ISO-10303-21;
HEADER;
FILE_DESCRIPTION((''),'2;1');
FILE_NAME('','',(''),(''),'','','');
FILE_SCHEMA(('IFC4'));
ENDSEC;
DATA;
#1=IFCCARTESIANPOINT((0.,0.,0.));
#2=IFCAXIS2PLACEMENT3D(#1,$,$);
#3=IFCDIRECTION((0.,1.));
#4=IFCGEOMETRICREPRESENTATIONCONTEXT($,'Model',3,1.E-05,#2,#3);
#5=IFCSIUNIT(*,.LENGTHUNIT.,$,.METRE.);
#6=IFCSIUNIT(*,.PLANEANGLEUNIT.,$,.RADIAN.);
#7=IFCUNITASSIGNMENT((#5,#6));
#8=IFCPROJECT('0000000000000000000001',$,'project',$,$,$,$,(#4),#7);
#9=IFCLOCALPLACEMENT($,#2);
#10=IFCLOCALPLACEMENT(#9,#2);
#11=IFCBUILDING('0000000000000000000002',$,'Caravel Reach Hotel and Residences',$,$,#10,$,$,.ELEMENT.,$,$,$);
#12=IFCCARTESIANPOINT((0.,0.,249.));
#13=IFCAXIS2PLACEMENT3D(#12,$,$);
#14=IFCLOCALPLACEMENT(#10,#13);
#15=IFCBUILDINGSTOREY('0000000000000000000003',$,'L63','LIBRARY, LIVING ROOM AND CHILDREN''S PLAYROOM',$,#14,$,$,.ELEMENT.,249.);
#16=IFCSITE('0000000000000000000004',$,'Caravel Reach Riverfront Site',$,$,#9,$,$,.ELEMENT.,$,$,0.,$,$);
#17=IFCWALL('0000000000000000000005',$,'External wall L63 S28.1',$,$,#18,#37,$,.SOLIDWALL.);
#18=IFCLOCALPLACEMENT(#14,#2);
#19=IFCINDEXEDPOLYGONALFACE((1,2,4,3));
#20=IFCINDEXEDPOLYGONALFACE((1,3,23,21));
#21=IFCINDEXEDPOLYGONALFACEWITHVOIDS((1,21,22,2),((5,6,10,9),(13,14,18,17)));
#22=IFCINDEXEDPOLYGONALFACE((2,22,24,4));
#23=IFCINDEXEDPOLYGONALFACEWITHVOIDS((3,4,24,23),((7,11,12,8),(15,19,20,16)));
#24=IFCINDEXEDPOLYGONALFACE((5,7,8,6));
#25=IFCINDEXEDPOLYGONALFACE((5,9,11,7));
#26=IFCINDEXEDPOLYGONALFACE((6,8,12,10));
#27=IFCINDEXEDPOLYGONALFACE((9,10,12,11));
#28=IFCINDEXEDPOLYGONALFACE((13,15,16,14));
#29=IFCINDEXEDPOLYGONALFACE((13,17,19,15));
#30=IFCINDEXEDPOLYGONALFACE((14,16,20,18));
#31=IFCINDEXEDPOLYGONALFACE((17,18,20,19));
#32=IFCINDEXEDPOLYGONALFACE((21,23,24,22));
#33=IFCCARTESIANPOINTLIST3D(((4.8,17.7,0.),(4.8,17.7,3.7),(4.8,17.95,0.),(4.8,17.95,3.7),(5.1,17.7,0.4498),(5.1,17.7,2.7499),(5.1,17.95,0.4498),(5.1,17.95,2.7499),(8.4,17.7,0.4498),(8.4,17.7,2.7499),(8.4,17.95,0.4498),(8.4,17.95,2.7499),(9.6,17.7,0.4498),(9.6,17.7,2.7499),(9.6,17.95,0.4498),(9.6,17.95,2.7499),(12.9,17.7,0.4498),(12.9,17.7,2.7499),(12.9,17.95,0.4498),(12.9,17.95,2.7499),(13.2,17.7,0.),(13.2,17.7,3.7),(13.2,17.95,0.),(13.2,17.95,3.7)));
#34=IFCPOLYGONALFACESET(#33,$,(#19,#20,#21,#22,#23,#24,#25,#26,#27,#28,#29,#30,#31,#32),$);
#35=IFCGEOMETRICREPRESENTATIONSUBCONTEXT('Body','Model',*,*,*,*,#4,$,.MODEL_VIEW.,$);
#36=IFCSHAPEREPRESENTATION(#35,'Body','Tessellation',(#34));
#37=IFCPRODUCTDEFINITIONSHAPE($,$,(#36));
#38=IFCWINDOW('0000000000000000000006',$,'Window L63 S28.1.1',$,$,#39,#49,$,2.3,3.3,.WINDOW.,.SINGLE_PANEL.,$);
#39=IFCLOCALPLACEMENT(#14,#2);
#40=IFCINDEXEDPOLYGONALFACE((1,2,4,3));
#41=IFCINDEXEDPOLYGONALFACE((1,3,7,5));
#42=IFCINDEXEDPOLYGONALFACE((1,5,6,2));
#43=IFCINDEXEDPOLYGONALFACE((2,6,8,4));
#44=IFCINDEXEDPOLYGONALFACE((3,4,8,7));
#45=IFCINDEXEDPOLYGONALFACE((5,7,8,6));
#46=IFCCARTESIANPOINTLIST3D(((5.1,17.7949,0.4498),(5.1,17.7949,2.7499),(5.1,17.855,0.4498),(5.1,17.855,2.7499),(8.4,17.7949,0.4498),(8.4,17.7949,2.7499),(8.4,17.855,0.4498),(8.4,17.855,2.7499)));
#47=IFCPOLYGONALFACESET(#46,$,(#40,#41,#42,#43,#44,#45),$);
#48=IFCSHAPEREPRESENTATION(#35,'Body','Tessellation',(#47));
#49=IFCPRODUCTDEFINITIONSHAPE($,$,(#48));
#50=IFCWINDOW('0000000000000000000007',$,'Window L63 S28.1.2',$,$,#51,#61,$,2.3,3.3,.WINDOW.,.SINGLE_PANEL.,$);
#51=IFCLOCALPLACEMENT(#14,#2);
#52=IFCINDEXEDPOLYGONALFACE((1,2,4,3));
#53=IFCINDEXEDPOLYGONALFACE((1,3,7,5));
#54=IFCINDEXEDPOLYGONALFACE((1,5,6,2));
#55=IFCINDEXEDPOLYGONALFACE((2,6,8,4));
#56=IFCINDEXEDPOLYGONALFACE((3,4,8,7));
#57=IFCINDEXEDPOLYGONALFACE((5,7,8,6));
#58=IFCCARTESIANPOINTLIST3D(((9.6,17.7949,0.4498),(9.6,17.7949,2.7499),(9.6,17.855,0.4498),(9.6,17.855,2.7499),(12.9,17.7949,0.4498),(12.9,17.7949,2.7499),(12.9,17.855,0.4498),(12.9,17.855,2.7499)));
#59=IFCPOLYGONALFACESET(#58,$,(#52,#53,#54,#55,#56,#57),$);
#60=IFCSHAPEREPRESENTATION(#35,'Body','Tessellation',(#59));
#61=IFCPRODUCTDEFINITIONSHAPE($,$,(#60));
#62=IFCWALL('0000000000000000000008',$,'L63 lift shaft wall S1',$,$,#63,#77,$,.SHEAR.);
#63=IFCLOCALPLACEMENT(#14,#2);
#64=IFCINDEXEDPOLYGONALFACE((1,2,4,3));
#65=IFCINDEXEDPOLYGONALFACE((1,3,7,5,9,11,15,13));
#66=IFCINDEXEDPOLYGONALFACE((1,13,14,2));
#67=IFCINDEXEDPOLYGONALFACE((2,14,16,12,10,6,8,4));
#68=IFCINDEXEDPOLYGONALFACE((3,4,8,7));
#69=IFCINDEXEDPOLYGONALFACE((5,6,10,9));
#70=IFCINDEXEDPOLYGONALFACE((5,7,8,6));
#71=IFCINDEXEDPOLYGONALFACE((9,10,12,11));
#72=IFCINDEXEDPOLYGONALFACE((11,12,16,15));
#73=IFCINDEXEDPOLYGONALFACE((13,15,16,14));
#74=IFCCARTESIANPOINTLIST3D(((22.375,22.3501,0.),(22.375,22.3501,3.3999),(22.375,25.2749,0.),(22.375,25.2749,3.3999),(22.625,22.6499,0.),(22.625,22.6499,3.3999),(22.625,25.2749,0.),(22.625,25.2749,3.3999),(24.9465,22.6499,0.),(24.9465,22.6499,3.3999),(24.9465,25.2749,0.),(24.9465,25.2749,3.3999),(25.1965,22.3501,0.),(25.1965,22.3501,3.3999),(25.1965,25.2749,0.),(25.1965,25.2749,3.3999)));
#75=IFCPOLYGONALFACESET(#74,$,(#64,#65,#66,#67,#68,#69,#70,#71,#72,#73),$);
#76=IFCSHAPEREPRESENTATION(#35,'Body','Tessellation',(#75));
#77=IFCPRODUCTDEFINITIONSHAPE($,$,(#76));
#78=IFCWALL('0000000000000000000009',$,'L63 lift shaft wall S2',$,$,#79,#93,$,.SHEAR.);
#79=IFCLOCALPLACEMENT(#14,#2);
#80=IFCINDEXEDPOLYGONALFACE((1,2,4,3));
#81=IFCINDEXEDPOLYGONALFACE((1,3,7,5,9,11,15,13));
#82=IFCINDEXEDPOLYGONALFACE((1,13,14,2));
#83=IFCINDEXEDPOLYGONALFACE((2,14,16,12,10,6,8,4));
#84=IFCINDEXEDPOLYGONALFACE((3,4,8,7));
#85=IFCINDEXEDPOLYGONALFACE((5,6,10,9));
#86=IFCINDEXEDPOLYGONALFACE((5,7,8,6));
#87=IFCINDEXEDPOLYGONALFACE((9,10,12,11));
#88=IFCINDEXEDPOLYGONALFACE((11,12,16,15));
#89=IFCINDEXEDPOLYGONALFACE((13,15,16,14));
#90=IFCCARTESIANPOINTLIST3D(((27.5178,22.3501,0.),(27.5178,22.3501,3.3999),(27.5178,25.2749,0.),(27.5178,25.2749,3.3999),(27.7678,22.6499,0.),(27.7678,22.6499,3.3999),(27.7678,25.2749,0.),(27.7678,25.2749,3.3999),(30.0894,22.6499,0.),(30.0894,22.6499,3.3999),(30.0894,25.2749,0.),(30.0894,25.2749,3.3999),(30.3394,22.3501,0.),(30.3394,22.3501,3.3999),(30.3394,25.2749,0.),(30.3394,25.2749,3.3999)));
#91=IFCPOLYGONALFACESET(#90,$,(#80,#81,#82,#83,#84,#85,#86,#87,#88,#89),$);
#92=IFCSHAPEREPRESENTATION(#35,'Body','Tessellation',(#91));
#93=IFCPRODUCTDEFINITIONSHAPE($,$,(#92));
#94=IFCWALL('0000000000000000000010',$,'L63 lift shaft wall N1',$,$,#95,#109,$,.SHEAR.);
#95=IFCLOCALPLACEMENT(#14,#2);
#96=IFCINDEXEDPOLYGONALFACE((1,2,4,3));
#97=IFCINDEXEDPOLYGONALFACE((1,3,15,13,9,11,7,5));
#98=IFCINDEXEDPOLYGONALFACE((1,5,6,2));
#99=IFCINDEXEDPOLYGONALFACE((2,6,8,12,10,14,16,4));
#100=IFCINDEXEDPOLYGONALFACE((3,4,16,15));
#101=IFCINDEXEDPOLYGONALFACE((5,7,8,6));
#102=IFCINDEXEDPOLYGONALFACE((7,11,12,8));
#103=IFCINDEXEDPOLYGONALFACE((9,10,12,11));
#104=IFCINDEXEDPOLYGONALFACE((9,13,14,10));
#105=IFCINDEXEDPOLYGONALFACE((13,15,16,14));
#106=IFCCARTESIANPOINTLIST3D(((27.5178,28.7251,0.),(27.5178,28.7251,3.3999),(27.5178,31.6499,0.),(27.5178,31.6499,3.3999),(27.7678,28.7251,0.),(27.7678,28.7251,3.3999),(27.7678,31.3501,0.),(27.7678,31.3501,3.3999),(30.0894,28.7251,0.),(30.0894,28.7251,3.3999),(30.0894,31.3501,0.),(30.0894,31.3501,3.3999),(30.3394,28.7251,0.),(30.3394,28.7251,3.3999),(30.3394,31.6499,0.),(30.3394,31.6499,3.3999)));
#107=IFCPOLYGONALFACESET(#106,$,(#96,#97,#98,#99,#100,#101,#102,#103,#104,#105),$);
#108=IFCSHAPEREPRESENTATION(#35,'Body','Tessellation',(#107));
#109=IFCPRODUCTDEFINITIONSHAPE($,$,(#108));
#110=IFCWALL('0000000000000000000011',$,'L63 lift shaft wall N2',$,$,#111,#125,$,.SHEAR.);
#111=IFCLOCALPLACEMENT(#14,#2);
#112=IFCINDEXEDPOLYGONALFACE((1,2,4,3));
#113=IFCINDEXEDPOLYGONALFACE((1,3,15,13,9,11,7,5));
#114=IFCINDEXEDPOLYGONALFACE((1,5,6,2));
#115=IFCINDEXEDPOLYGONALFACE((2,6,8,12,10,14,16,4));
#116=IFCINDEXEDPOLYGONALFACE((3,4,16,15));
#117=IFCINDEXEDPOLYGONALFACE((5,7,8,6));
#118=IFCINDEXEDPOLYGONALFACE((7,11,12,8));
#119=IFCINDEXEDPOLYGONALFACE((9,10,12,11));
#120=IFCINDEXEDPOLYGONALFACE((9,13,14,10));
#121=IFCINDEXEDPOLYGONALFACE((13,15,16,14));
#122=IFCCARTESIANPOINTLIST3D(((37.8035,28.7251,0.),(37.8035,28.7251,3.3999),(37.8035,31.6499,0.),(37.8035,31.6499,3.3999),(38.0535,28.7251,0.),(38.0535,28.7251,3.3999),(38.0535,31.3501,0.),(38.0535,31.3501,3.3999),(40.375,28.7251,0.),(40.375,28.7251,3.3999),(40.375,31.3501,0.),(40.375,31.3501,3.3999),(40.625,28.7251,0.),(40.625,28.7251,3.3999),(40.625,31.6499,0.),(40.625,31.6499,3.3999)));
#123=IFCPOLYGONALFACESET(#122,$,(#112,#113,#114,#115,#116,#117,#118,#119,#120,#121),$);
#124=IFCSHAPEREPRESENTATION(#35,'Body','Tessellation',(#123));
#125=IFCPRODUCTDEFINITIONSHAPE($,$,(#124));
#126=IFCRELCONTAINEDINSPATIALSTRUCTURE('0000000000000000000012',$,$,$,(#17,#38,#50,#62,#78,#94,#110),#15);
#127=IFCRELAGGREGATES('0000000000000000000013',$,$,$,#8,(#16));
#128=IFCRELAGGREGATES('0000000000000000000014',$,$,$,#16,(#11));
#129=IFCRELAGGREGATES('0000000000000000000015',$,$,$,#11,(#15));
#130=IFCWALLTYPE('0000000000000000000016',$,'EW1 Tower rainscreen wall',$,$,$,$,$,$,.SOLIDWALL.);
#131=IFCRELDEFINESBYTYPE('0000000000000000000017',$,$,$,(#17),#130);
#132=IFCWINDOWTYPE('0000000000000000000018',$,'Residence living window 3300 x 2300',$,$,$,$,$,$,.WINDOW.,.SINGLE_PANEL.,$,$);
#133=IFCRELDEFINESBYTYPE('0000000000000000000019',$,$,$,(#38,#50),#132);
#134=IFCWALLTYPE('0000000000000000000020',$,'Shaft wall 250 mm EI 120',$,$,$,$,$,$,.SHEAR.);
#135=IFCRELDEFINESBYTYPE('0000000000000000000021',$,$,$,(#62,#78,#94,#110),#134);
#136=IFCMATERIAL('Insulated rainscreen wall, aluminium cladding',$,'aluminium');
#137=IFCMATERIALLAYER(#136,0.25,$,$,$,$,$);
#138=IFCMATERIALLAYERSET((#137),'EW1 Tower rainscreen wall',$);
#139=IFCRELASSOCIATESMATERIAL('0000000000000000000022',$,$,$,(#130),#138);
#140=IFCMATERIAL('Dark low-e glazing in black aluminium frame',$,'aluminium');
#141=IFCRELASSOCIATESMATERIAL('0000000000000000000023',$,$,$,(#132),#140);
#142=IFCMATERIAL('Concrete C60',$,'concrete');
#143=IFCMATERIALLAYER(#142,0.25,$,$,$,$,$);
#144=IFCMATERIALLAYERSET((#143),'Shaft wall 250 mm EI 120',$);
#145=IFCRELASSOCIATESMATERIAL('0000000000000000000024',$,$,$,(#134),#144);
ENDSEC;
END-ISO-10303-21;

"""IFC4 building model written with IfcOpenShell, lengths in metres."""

from ifc_helpers import new_model, si_unit, direction, frame, frame_2d, origin, place, context, subcontext, project, spatial, polyline, rectangle, outline, extrude, material, layer, layer_set, type_object, element, fill, save


model = new_model("IFC4")

# Units and contexts
model_context = context("Model", 3, precision=1e-05, world=origin(), true_north=direction((0.0, 1.0)))
body_context = subcontext(model_context, "Body", "Model", "MODEL_VIEW")
ifc_project = project(units=[si_unit("LENGTHUNIT", "METRE"), si_unit("PLANEANGLEUNIT", "RADIAN")], contexts=[model_context])

# Site, building, storey
site_placement = place(None, origin())
site = spatial("IfcSite", under=ifc_project, at=site_placement, Name="Caravel Reach Riverfront Site", CompositionType="ELEMENT", RefElevation=0.0)
building_placement = place(site_placement, origin())
building = spatial("IfcBuilding", under=site, at=building_placement, Name="Caravel Reach Hotel and Residences", CompositionType="ELEMENT")
storey_placement = place(building_placement, frame((0.0, 0.0, 249.0)))
storey = spatial("IfcBuildingStorey", under=building, at=storey_placement, Name="L63", Description="LIBRARY, LIVING ROOM AND CHILDREN'S PLAYROOM", CompositionType="ELEMENT", Elevation=249.0)

# Wall, openings, windows
ifc_material_1 = material(Name="Insulated rainscreen wall, aluminium cladding", Category="aluminium")
ifc_layer_1 = layer(ifc_material_1, 0.25)
ifc_layer_set_1 = layer_set([ifc_layer_1], Name="EW1 Tower rainscreen wall")
wall_type_1 = type_object("IfcWallType", Name="EW1 Tower rainscreen wall", PredefinedType="SOLIDWALL", material=ifc_layer_set_1)
wall_1_placement = place(storey_placement, frame((4.8, 17.825, 0.0), z_axis=(0.0, 0.0, 1.0), x_axis=(1.0, 0.0, 0.0)))
wall_1 = element("IfcWall", 1, at=wall_1_placement, inside=storey, type_object=wall_type_1, Name="External wall L63 S28.1", PredefinedType="SOLIDWALL", context=body_context, shape_type="SweptSolid", body=[
    extrude(rectangle(XDim=8.3999, YDim=0.25, at=frame_2d((4.2, 0.0))), origin(), (0.0, 0.0, 1.0), 3.7),
])
opening_1_placement = place(wall_1_placement, frame((0.3, 0.0, 0.45)))
opening_1 = element("IfcOpeningElement", 2, at=opening_1_placement, cuts=wall_1, PredefinedType="OPENING", context=body_context, shape_type="SweptSolid", body=[
    extrude(rectangle(XDim=3.3, YDim=2.3, at=frame_2d((1.6499, 1.1499))), frame((0.0, 0.135, 0.0), z_axis=(0.0, -1.0, 0.0), x_axis=(1.0, 0.0, 0.0)), (0.0, 0.0, 1.0), 0.27),
])
opening_2_placement = place(wall_1_placement, frame((4.8, 0.0, 0.45)))
opening_2 = element("IfcOpeningElement", 3, at=opening_2_placement, cuts=wall_1, PredefinedType="OPENING", context=body_context, shape_type="SweptSolid", body=[
    extrude(rectangle(XDim=3.3, YDim=2.3, at=frame_2d((1.6499, 1.1499))), frame((0.0, 0.135, 0.0), z_axis=(0.0, -1.0, 0.0), x_axis=(1.0, 0.0, 0.0)), (0.0, 0.0, 1.0), 0.27),
])
ifc_material_2 = material(Name="Dark low-e glazing in black aluminium frame", Category="aluminium")
window_type = type_object("IfcWindowType", Name="Residence living window 3300 x 2300", PartitioningType="SINGLE_PANEL", PredefinedType="WINDOW", material=ifc_material_2)
window_1_placement = place(opening_1_placement, origin())
window_1 = element("IfcWindow", 4, at=window_1_placement, inside=storey, type_object=window_type, Name="Window L63 S28.1.1", OverallHeight=2.3, OverallWidth=3.3, PartitioningType="SINGLE_PANEL", PredefinedType="WINDOW", context=body_context, shape_type="SweptSolid", body=[
    extrude(rectangle(XDim=3.3, YDim=2.3, at=frame_2d((1.6499, 1.1499))), frame((0.0, 0.03, 0.0), z_axis=(0.0, -1.0, 0.0), x_axis=(1.0, 0.0, 0.0)), (0.0, 0.0, 1.0), 0.0601),
])
fill(opening_1, window_1)
window_2_placement = place(opening_2_placement, origin())
window_2 = element("IfcWindow", 5, at=window_2_placement, inside=storey, type_object=window_type, Name="Window L63 S28.1.2", OverallHeight=2.3, OverallWidth=3.3, PartitioningType="SINGLE_PANEL", PredefinedType="WINDOW", context=body_context, shape_type="SweptSolid", body=[
    extrude(rectangle(XDim=3.3, YDim=2.3, at=frame_2d((1.6499, 1.1499))), frame((0.0, 0.03, 0.0), z_axis=(0.0, -1.0, 0.0), x_axis=(1.0, 0.0, 0.0)), (0.0, 0.0, 1.0), 0.0601),
])
fill(opening_2, window_2)

# Walls
ifc_material_3 = material(Name="Concrete C60", Category="concrete")
ifc_layer_2 = layer(ifc_material_3, 0.25)
ifc_layer_set_2 = layer_set([ifc_layer_2], Name="Shaft wall 250 mm EI 120")
wall_type_2 = type_object("IfcWallType", Name="Shaft wall 250 mm EI 120", PredefinedType="SHEAR", material=ifc_layer_set_2)
wall_2_placement = place(storey_placement, origin())
element("IfcWall", 6, at=wall_2_placement, inside=storey, type_object=wall_type_2, Name="L63 lift shaft wall S1", PredefinedType="SHEAR", context=body_context, shape_type="SweptSolid", body=[
    extrude(outline(polyline([(22.375, 22.3501), (25.1965, 22.3501), (25.1965, 25.2749), (24.9465, 25.2749), (24.9465, 22.6499), (22.625, 22.6499), (22.625, 25.2749), (22.375, 25.2749), (22.375, 22.3501)])), origin(), (0.0, 0.0, 1.0), 3.3999),
])
wall_3_placement = place(storey_placement, origin())
element("IfcWall", 7, at=wall_3_placement, inside=storey, type_object=wall_type_2, Name="L63 lift shaft wall S2", PredefinedType="SHEAR", context=body_context, shape_type="SweptSolid", body=[
    extrude(outline(polyline([(27.5178, 22.3501), (30.3394, 22.3501), (30.3394, 25.2749), (30.0894, 25.2749), (30.0894, 22.6499), (27.7678, 22.6499), (27.7678, 25.2749), (27.5178, 25.2749), (27.5178, 22.3501)])), origin(), (0.0, 0.0, 1.0), 3.3999),
])
wall_4_placement = place(storey_placement, origin())
element("IfcWall", 8, at=wall_4_placement, inside=storey, type_object=wall_type_2, Name="L63 lift shaft wall N1", PredefinedType="SHEAR", context=body_context, shape_type="SweptSolid", body=[
    extrude(outline(polyline([(27.5178, 28.7251), (27.7678, 28.7251), (27.7678, 31.3501), (30.0894, 31.3501), (30.0894, 28.7251), (30.3394, 28.7251), (30.3394, 31.6499), (27.5178, 31.6499), (27.5178, 28.7251)])), origin(), (0.0, 0.0, 1.0), 3.3999),
])
wall_5_placement = place(storey_placement, origin())
element("IfcWall", 9, at=wall_5_placement, inside=storey, type_object=wall_type_2, Name="L63 lift shaft wall N2", PredefinedType="SHEAR", context=body_context, shape_type="SweptSolid", body=[
    extrude(outline(polyline([(37.8035, 28.7251), (38.0535, 28.7251), (38.0535, 31.3501), (40.375, 31.3501), (40.375, 28.7251), (40.625, 28.7251), (40.625, 31.6499), (37.8035, 31.6499), (37.8035, 28.7251)])), origin(), (0.0, 0.0, 1.0), 3.3999),
])

save(model, "model.ifc")
